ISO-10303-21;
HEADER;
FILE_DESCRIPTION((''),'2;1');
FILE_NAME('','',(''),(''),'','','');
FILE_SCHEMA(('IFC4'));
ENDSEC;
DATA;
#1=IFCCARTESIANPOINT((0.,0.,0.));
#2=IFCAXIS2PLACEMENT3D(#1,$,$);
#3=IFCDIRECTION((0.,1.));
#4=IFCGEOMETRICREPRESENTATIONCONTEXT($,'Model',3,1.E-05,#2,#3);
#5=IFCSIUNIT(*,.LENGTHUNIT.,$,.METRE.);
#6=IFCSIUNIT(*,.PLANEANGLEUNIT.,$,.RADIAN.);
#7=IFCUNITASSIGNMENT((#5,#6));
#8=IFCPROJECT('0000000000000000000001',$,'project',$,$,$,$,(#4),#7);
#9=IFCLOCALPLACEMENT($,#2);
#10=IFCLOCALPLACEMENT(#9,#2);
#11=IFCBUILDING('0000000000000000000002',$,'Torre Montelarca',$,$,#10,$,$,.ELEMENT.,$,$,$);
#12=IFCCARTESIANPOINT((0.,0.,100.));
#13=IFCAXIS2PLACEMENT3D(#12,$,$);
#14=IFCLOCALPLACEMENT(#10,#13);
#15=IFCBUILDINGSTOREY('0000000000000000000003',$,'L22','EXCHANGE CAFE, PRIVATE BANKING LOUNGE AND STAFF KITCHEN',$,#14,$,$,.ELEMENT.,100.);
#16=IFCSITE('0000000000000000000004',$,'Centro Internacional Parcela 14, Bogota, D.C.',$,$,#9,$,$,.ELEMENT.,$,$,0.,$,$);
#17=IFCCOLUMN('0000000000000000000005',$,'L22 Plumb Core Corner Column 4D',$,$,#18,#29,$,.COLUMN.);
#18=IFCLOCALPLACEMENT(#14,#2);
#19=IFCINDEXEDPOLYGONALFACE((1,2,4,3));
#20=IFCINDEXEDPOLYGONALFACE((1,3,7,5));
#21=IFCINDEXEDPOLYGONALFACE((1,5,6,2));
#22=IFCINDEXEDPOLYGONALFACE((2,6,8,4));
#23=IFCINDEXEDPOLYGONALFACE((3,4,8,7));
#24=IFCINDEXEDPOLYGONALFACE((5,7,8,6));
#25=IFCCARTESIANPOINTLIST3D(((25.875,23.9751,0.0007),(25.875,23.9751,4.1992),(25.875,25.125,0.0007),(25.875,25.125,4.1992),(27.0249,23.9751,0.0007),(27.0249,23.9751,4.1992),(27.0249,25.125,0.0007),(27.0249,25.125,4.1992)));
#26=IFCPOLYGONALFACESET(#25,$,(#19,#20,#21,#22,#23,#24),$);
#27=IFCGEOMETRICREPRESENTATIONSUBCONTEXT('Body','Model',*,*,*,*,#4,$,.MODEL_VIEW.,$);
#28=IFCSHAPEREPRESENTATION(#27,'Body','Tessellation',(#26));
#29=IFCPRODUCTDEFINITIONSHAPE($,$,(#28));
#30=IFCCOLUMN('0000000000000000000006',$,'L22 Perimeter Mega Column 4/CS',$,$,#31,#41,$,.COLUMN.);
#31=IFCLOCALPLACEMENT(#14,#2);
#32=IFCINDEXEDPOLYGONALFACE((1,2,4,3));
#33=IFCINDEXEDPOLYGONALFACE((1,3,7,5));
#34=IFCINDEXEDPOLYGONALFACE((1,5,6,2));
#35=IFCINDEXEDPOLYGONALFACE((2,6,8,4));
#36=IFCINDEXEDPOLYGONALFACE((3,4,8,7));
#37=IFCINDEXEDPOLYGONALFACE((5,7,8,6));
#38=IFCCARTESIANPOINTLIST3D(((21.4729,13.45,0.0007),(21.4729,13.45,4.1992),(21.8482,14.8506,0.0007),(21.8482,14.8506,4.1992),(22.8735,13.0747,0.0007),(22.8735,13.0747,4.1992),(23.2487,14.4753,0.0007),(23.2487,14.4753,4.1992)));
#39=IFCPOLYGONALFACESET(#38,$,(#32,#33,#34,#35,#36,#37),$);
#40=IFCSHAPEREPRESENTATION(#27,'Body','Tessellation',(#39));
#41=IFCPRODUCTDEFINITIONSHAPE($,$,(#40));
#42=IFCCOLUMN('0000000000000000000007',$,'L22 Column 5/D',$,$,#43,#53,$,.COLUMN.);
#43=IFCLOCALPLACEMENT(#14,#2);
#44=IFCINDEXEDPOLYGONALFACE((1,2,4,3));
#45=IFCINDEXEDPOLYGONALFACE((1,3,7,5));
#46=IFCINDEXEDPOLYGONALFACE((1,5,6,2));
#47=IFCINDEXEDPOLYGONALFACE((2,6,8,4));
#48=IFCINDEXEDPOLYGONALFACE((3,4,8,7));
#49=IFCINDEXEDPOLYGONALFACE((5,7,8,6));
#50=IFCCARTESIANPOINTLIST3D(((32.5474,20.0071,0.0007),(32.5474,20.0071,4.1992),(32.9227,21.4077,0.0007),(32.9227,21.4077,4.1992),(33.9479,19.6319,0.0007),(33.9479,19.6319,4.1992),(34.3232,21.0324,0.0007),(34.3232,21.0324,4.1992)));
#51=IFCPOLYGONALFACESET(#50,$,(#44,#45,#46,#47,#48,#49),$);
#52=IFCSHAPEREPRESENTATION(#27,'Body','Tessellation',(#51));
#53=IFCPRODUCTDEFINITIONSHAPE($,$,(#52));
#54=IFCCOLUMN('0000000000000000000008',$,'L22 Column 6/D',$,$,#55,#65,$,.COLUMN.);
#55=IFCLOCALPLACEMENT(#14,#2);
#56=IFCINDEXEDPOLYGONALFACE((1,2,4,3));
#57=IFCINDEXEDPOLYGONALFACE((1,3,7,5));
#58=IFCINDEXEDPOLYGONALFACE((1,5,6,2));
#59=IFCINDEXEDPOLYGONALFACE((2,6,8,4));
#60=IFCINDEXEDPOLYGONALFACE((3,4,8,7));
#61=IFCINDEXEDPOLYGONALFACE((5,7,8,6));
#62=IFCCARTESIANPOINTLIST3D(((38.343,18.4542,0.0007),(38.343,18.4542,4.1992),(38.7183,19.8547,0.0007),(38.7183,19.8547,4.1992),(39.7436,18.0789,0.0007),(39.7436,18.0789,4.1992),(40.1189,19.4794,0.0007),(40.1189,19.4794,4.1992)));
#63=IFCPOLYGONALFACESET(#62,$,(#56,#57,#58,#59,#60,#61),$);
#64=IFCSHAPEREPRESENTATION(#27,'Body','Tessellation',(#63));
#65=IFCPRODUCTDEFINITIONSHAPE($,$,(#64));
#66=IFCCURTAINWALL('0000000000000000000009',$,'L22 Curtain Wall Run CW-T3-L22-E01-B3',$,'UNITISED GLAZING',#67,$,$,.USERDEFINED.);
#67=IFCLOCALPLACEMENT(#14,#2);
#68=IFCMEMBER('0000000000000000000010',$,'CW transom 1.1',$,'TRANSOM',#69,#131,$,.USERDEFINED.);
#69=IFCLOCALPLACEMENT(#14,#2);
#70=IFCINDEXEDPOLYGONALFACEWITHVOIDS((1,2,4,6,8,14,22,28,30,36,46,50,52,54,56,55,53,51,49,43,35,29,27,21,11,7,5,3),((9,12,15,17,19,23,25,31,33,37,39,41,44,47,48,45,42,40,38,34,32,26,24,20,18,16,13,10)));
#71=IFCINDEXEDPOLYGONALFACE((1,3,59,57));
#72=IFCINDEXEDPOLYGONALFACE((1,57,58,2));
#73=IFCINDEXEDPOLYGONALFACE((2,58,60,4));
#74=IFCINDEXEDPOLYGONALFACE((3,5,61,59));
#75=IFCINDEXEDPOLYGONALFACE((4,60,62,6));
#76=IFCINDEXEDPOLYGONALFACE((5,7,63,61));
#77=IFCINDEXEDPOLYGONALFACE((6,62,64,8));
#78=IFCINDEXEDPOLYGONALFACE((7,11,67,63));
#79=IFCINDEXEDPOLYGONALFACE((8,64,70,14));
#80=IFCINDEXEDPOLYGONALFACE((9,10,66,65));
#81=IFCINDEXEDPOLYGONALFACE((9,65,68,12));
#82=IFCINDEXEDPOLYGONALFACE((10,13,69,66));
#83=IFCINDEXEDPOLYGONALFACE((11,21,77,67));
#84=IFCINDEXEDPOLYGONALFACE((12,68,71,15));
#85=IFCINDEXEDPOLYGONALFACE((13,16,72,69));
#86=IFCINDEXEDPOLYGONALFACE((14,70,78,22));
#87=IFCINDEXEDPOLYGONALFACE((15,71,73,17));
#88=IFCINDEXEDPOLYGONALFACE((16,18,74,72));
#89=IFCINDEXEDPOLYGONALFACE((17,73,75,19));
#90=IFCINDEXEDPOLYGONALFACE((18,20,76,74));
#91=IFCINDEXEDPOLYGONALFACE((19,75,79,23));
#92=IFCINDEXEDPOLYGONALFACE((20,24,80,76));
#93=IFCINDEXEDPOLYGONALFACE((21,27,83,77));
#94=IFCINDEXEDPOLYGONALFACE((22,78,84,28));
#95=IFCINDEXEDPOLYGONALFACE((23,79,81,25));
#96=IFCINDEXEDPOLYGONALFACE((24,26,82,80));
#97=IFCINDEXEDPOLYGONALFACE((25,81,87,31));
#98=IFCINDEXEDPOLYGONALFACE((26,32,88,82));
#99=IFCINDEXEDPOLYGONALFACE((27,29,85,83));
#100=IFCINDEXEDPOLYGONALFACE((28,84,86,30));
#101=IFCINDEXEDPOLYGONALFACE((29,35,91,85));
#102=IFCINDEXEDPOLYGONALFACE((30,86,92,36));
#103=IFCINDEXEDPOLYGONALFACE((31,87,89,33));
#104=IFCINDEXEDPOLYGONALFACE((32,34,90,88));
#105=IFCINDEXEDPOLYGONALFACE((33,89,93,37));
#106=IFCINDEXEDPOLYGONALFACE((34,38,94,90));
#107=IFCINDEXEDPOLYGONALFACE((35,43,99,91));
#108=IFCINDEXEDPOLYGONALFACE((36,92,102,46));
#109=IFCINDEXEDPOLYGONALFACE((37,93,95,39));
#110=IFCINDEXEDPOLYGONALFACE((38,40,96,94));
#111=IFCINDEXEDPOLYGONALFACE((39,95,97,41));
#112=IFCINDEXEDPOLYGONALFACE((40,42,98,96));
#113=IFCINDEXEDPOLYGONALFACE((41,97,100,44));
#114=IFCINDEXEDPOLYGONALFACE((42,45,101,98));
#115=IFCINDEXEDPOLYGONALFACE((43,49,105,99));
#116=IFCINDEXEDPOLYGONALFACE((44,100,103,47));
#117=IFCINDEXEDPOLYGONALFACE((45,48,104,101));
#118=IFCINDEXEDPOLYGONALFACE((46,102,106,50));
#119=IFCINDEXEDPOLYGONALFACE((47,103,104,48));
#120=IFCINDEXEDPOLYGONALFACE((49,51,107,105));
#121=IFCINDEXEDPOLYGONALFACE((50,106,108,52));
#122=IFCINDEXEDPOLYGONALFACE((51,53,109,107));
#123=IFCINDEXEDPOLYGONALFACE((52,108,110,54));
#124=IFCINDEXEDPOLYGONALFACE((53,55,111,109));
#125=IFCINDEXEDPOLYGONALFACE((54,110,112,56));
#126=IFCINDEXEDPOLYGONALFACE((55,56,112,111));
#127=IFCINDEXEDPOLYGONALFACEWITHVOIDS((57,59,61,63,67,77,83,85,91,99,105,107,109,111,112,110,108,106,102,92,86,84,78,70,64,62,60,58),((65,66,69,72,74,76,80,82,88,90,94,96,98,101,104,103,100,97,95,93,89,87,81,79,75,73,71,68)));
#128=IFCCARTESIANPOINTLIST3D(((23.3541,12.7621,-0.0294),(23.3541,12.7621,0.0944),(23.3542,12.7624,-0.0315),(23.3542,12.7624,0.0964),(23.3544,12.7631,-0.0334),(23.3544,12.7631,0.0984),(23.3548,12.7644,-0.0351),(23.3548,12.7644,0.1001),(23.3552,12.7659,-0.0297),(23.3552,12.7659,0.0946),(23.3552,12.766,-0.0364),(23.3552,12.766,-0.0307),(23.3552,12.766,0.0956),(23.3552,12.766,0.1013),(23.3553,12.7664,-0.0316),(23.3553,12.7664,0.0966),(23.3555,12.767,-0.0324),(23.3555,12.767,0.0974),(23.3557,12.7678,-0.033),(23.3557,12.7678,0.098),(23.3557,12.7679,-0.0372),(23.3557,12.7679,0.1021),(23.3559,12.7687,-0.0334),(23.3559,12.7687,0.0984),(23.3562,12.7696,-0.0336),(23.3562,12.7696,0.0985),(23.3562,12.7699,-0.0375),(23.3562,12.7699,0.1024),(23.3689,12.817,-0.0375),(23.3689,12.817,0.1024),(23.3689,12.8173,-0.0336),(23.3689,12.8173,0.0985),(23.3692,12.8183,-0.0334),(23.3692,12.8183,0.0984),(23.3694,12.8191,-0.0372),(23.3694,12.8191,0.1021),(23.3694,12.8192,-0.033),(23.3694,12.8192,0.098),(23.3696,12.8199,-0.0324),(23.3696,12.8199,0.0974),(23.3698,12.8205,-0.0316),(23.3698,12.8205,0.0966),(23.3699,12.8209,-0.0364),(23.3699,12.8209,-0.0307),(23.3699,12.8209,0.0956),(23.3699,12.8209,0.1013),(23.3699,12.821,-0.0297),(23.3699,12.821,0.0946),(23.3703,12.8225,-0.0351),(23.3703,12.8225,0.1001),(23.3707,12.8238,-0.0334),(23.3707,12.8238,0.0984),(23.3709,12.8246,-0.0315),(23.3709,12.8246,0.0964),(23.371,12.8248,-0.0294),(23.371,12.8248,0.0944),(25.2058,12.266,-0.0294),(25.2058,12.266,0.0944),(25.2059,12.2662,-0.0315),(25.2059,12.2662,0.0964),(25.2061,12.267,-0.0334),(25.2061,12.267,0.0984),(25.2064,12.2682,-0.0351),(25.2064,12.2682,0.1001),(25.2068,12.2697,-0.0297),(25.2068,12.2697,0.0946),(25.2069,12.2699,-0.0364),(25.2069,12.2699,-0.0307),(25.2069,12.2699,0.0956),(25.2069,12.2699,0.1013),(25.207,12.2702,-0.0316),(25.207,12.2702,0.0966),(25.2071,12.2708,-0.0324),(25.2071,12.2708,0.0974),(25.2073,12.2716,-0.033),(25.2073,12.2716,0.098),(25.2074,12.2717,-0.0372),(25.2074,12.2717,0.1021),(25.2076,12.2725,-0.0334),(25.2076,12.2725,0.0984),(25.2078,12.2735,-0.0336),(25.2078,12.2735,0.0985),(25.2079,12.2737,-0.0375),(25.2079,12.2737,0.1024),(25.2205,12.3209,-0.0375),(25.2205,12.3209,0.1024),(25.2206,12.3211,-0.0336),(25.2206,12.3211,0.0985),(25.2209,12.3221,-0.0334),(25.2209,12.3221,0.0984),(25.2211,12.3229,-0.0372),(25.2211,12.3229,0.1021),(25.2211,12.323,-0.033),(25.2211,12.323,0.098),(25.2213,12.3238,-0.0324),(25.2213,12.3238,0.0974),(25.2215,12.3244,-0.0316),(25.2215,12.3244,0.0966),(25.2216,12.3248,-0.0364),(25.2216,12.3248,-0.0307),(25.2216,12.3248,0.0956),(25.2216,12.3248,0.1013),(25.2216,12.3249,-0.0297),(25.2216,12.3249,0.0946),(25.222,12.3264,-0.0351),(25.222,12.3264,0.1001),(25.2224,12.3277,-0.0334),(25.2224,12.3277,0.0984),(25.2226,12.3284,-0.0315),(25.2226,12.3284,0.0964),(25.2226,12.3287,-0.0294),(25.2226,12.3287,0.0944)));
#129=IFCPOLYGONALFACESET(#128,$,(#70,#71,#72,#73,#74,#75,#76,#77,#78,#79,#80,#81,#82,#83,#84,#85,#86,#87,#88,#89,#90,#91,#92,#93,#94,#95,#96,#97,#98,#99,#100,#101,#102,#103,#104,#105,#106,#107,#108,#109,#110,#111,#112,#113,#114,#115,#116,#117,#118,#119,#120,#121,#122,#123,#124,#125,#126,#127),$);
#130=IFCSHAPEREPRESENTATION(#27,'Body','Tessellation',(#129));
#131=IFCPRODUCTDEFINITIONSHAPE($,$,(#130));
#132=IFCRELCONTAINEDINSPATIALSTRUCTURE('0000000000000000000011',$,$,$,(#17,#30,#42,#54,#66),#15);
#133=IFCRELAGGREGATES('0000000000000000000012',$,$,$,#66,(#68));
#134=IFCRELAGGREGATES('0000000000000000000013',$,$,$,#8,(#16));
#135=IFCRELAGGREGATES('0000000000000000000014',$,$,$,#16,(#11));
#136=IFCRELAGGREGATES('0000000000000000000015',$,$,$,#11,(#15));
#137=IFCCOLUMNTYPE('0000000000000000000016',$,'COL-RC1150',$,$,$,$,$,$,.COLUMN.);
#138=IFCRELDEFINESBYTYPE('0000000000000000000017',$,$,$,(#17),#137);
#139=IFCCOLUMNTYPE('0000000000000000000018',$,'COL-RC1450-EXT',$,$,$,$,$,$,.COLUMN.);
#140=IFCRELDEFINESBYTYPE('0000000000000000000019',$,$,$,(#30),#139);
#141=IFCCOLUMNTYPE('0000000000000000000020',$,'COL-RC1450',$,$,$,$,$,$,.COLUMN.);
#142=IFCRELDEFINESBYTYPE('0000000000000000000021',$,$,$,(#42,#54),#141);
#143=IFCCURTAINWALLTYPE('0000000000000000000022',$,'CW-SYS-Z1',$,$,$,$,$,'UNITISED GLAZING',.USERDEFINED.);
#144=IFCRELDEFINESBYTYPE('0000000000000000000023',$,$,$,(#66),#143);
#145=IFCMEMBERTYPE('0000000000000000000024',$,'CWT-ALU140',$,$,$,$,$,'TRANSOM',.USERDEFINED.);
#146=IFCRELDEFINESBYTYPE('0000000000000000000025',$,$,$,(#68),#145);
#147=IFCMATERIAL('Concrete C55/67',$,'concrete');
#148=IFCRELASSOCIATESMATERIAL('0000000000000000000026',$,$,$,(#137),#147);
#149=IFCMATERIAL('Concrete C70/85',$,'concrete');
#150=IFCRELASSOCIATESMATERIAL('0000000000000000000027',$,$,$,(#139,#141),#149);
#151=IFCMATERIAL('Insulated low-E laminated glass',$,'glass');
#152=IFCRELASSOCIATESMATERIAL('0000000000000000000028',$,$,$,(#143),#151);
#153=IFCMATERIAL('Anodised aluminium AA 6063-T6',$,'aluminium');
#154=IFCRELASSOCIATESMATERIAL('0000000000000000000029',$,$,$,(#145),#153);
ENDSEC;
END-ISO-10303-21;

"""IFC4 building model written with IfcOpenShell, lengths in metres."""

from ifc_helpers import new_model, si_unit, direction, frame, origin, origin_2d, place, context, subcontext, project, spatial, rectangle, hollow_rectangle, extrude, source, transform, mapped, material, material_profile, profile_set, type_object, element, aggregate, save


model = new_model("IFC4")

# Units and contexts
model_context = context("Model", 3, precision=1e-05, world=origin(), true_north=direction((0.0, 1.0)))
body_context = subcontext(model_context, "Body", "Model", "MODEL_VIEW")
ifc_project = project(units=[si_unit("LENGTHUNIT", "METRE"), si_unit("PLANEANGLEUNIT", "RADIAN")], contexts=[model_context])

# Site, building, storey
site_placement = place(None, origin())
site = spatial("IfcSite", under=ifc_project, at=site_placement, Name="Centro Internacional Parcela 14, Bogota, D.C.", CompositionType="ELEMENT", RefElevation=0.0)
building_placement = place(site_placement, origin())
building = spatial("IfcBuilding", under=site, at=building_placement, Name="Torre Montelarca", CompositionType="ELEMENT")
storey_placement = place(building_placement, frame((0.0, 0.0, 100.0)))
storey = spatial("IfcBuildingStorey", under=building, at=storey_placement, Name="L22", Description="EXCHANGE CAFE, PRIVATE BANKING LOUNGE AND STAFF KITCHEN", CompositionType="ELEMENT", Elevation=100.0)

# Columns
ifc_material_1 = material(Name="Concrete C55/67", Category="concrete")
ifc_material_profile_1 = material_profile(ifc_material_1, rectangle(XDim=1.1499, YDim=1.1499, at=origin_2d()), Name="RC1150X1150", Category="concrete")
ifc_profile_set_1 = profile_set([ifc_material_profile_1], Name="Concrete C55/67")
column_type_1 = type_object("IfcColumnType", Name="COL-RC1150", PredefinedType="COLUMN", material=ifc_profile_set_1)
shared_shape_1 = source(origin(), body_context, "Body", "SweptSolid", [
    extrude(rectangle(XDim=1.1499, YDim=1.1499, at=origin_2d()), origin(), (0.0, 0.0, 1.0), 4.1985),
])
column_1_placement = place(storey_placement, frame((26.45, 24.55, 0.0007), z_axis=(0.0, 0.0, 1.0), x_axis=(1.0, 0.0, 0.0)))
element("IfcColumn", 1, at=column_1_placement, inside=storey, type_object=column_type_1, Name="L22 Plumb Core Corner Column 4D", PredefinedType="COLUMN", context=body_context, shape_type="MappedRepresentation", body=[
    mapped(shared_shape_1, transform((0.0, 0.0, 0.0), scale=1.0)),
])
ifc_material_2 = material(Name="Concrete C70/85", Category="concrete")
ifc_material_profile_2 = material_profile(ifc_material_2, rectangle(XDim=1.45, YDim=1.45, at=origin_2d()), Name="RC1450X1450", Category="concrete")
ifc_profile_set_2 = profile_set([ifc_material_profile_2], Name="Concrete C70/85")
column_type_2 = type_object("IfcColumnType", Name="COL-RC1450-EXT", PredefinedType="COLUMN", material=ifc_profile_set_2)
shared_shape_2 = source(origin(), body_context, "Body", "SweptSolid", [
    extrude(rectangle(XDim=1.45, YDim=1.45, at=origin_2d()), origin(), (0.0, 0.0, 1.0), 4.1985),
])
column_2_placement = place(storey_placement, frame((22.3608, 13.9626, 0.0007), z_axis=(0.0, 0.0, 1.0), x_axis=(-0.965926, 0.258819, 0.0)))
element("IfcColumn", 2, at=column_2_placement, inside=storey, type_object=column_type_2, Name="L22 Perimeter Mega Column 4/CS", PredefinedType="COLUMN", context=body_context, shape_type="MappedRepresentation", body=[
    mapped(shared_shape_2, transform((0.0, 0.0, 0.0), scale=1.0)),
])
ifc_material_profile_3 = material_profile(ifc_material_2, rectangle(XDim=1.45, YDim=1.45, at=origin_2d()), Name="RC1450X1450", Category="concrete")
ifc_profile_set_3 = profile_set([ifc_material_profile_3], Name="Concrete C70/85")
column_type_3 = type_object("IfcColumnType", Name="COL-RC1450", PredefinedType="COLUMN", material=ifc_profile_set_3)
shared_shape_3 = source(origin(), body_context, "Body", "SweptSolid", [
    extrude(rectangle(XDim=1.45, YDim=1.45, at=origin_2d()), origin(), (0.0, 0.0, 1.0), 4.1985),
])
for number, where, z_axis, x_axis, name in (
    (3, (33.4353, 20.5198, 0.0007), (0.0, 0.0, 1.0), (-0.965926, 0.258819, 0.0), "L22 Column 5/D"),
    (4, (39.231, 18.9668, 0.0007), (0.0, 0.0, 1.0), (-0.965926, 0.258819, 0.0), "L22 Column 6/D"),
):
    element("IfcColumn", number, at=place(storey_placement, frame(where, z_axis=z_axis, x_axis=x_axis)), inside=storey, type_object=column_type_3, Name=name, PredefinedType="COLUMN", context=body_context, shape_type="MappedRepresentation", body=[
        mapped(shared_shape_3, transform((0.0, 0.0, 0.0), scale=1.0)),
    ])

# Curtain wall, member
ifc_material_3 = material(Name="Insulated low-E laminated glass", Category="glass")
curtain_wall_type = type_object("IfcCurtainWallType", Name="CW-SYS-Z1", ElementType="UNITISED GLAZING", PredefinedType="USERDEFINED", material=ifc_material_3)
curtain_wall_1_placement = place(storey_placement, origin())
curtain_wall_1 = element("IfcCurtainWall", 5, at=curtain_wall_1_placement, inside=storey, type_object=curtain_wall_type, Name="L22 Curtain Wall Run CW-T3-L22-E01-B3", ObjectType="UNITISED GLAZING", PredefinedType="USERDEFINED")
ifc_material_4 = material(Name="Anodised aluminium AA 6063-T6", Category="aluminium")
ifc_material_profile_4 = material_profile(ifc_material_4, hollow_rectangle(XDim=0.0649, YDim=0.1399, WallThickness=0.0039, InnerFilletRadius=0.0039, OuterFilletRadius=0.0081, at=origin_2d()), Name="ALU65X140X4", Category="aluminium")
ifc_profile_set_4 = profile_set([ifc_material_profile_4], Name="Anodised aluminium AA 6063-T6")
member_type_1 = type_object("IfcMemberType", Name="CWT-ALU140", ElementType="TRANSOM", PredefinedType="USERDEFINED", material=ifc_profile_set_4)
shared_shape_4 = source(origin(), body_context, "Body", "SweptSolid", [
    extrude(hollow_rectangle(XDim=0.0649, YDim=0.1399, WallThickness=0.0039, InnerFilletRadius=0.0039, OuterFilletRadius=0.0081, at=origin_2d()), origin(), (0.0, 0.0, 1.0), 1.917),
])
member_1_placement = place(storey_placement, frame((23.3625, 12.7935, 0.0325), z_axis=(0.96593, -0.258804, 0.0), x_axis=(0.258804, 0.96593, 0.0)))
member_1 = element("IfcMember", 6, at=member_1_placement, type_object=member_type_1, Name="CW transom 1.1", ObjectType="TRANSOM", PredefinedType="USERDEFINED", context=body_context, shape_type="MappedRepresentation", body=[
    mapped(shared_shape_4, transform((0.0, 0.0, 0.0), scale=1.0)),
])

aggregate(curtain_wall_1, [member_1])

save(model, "model.ifc")
